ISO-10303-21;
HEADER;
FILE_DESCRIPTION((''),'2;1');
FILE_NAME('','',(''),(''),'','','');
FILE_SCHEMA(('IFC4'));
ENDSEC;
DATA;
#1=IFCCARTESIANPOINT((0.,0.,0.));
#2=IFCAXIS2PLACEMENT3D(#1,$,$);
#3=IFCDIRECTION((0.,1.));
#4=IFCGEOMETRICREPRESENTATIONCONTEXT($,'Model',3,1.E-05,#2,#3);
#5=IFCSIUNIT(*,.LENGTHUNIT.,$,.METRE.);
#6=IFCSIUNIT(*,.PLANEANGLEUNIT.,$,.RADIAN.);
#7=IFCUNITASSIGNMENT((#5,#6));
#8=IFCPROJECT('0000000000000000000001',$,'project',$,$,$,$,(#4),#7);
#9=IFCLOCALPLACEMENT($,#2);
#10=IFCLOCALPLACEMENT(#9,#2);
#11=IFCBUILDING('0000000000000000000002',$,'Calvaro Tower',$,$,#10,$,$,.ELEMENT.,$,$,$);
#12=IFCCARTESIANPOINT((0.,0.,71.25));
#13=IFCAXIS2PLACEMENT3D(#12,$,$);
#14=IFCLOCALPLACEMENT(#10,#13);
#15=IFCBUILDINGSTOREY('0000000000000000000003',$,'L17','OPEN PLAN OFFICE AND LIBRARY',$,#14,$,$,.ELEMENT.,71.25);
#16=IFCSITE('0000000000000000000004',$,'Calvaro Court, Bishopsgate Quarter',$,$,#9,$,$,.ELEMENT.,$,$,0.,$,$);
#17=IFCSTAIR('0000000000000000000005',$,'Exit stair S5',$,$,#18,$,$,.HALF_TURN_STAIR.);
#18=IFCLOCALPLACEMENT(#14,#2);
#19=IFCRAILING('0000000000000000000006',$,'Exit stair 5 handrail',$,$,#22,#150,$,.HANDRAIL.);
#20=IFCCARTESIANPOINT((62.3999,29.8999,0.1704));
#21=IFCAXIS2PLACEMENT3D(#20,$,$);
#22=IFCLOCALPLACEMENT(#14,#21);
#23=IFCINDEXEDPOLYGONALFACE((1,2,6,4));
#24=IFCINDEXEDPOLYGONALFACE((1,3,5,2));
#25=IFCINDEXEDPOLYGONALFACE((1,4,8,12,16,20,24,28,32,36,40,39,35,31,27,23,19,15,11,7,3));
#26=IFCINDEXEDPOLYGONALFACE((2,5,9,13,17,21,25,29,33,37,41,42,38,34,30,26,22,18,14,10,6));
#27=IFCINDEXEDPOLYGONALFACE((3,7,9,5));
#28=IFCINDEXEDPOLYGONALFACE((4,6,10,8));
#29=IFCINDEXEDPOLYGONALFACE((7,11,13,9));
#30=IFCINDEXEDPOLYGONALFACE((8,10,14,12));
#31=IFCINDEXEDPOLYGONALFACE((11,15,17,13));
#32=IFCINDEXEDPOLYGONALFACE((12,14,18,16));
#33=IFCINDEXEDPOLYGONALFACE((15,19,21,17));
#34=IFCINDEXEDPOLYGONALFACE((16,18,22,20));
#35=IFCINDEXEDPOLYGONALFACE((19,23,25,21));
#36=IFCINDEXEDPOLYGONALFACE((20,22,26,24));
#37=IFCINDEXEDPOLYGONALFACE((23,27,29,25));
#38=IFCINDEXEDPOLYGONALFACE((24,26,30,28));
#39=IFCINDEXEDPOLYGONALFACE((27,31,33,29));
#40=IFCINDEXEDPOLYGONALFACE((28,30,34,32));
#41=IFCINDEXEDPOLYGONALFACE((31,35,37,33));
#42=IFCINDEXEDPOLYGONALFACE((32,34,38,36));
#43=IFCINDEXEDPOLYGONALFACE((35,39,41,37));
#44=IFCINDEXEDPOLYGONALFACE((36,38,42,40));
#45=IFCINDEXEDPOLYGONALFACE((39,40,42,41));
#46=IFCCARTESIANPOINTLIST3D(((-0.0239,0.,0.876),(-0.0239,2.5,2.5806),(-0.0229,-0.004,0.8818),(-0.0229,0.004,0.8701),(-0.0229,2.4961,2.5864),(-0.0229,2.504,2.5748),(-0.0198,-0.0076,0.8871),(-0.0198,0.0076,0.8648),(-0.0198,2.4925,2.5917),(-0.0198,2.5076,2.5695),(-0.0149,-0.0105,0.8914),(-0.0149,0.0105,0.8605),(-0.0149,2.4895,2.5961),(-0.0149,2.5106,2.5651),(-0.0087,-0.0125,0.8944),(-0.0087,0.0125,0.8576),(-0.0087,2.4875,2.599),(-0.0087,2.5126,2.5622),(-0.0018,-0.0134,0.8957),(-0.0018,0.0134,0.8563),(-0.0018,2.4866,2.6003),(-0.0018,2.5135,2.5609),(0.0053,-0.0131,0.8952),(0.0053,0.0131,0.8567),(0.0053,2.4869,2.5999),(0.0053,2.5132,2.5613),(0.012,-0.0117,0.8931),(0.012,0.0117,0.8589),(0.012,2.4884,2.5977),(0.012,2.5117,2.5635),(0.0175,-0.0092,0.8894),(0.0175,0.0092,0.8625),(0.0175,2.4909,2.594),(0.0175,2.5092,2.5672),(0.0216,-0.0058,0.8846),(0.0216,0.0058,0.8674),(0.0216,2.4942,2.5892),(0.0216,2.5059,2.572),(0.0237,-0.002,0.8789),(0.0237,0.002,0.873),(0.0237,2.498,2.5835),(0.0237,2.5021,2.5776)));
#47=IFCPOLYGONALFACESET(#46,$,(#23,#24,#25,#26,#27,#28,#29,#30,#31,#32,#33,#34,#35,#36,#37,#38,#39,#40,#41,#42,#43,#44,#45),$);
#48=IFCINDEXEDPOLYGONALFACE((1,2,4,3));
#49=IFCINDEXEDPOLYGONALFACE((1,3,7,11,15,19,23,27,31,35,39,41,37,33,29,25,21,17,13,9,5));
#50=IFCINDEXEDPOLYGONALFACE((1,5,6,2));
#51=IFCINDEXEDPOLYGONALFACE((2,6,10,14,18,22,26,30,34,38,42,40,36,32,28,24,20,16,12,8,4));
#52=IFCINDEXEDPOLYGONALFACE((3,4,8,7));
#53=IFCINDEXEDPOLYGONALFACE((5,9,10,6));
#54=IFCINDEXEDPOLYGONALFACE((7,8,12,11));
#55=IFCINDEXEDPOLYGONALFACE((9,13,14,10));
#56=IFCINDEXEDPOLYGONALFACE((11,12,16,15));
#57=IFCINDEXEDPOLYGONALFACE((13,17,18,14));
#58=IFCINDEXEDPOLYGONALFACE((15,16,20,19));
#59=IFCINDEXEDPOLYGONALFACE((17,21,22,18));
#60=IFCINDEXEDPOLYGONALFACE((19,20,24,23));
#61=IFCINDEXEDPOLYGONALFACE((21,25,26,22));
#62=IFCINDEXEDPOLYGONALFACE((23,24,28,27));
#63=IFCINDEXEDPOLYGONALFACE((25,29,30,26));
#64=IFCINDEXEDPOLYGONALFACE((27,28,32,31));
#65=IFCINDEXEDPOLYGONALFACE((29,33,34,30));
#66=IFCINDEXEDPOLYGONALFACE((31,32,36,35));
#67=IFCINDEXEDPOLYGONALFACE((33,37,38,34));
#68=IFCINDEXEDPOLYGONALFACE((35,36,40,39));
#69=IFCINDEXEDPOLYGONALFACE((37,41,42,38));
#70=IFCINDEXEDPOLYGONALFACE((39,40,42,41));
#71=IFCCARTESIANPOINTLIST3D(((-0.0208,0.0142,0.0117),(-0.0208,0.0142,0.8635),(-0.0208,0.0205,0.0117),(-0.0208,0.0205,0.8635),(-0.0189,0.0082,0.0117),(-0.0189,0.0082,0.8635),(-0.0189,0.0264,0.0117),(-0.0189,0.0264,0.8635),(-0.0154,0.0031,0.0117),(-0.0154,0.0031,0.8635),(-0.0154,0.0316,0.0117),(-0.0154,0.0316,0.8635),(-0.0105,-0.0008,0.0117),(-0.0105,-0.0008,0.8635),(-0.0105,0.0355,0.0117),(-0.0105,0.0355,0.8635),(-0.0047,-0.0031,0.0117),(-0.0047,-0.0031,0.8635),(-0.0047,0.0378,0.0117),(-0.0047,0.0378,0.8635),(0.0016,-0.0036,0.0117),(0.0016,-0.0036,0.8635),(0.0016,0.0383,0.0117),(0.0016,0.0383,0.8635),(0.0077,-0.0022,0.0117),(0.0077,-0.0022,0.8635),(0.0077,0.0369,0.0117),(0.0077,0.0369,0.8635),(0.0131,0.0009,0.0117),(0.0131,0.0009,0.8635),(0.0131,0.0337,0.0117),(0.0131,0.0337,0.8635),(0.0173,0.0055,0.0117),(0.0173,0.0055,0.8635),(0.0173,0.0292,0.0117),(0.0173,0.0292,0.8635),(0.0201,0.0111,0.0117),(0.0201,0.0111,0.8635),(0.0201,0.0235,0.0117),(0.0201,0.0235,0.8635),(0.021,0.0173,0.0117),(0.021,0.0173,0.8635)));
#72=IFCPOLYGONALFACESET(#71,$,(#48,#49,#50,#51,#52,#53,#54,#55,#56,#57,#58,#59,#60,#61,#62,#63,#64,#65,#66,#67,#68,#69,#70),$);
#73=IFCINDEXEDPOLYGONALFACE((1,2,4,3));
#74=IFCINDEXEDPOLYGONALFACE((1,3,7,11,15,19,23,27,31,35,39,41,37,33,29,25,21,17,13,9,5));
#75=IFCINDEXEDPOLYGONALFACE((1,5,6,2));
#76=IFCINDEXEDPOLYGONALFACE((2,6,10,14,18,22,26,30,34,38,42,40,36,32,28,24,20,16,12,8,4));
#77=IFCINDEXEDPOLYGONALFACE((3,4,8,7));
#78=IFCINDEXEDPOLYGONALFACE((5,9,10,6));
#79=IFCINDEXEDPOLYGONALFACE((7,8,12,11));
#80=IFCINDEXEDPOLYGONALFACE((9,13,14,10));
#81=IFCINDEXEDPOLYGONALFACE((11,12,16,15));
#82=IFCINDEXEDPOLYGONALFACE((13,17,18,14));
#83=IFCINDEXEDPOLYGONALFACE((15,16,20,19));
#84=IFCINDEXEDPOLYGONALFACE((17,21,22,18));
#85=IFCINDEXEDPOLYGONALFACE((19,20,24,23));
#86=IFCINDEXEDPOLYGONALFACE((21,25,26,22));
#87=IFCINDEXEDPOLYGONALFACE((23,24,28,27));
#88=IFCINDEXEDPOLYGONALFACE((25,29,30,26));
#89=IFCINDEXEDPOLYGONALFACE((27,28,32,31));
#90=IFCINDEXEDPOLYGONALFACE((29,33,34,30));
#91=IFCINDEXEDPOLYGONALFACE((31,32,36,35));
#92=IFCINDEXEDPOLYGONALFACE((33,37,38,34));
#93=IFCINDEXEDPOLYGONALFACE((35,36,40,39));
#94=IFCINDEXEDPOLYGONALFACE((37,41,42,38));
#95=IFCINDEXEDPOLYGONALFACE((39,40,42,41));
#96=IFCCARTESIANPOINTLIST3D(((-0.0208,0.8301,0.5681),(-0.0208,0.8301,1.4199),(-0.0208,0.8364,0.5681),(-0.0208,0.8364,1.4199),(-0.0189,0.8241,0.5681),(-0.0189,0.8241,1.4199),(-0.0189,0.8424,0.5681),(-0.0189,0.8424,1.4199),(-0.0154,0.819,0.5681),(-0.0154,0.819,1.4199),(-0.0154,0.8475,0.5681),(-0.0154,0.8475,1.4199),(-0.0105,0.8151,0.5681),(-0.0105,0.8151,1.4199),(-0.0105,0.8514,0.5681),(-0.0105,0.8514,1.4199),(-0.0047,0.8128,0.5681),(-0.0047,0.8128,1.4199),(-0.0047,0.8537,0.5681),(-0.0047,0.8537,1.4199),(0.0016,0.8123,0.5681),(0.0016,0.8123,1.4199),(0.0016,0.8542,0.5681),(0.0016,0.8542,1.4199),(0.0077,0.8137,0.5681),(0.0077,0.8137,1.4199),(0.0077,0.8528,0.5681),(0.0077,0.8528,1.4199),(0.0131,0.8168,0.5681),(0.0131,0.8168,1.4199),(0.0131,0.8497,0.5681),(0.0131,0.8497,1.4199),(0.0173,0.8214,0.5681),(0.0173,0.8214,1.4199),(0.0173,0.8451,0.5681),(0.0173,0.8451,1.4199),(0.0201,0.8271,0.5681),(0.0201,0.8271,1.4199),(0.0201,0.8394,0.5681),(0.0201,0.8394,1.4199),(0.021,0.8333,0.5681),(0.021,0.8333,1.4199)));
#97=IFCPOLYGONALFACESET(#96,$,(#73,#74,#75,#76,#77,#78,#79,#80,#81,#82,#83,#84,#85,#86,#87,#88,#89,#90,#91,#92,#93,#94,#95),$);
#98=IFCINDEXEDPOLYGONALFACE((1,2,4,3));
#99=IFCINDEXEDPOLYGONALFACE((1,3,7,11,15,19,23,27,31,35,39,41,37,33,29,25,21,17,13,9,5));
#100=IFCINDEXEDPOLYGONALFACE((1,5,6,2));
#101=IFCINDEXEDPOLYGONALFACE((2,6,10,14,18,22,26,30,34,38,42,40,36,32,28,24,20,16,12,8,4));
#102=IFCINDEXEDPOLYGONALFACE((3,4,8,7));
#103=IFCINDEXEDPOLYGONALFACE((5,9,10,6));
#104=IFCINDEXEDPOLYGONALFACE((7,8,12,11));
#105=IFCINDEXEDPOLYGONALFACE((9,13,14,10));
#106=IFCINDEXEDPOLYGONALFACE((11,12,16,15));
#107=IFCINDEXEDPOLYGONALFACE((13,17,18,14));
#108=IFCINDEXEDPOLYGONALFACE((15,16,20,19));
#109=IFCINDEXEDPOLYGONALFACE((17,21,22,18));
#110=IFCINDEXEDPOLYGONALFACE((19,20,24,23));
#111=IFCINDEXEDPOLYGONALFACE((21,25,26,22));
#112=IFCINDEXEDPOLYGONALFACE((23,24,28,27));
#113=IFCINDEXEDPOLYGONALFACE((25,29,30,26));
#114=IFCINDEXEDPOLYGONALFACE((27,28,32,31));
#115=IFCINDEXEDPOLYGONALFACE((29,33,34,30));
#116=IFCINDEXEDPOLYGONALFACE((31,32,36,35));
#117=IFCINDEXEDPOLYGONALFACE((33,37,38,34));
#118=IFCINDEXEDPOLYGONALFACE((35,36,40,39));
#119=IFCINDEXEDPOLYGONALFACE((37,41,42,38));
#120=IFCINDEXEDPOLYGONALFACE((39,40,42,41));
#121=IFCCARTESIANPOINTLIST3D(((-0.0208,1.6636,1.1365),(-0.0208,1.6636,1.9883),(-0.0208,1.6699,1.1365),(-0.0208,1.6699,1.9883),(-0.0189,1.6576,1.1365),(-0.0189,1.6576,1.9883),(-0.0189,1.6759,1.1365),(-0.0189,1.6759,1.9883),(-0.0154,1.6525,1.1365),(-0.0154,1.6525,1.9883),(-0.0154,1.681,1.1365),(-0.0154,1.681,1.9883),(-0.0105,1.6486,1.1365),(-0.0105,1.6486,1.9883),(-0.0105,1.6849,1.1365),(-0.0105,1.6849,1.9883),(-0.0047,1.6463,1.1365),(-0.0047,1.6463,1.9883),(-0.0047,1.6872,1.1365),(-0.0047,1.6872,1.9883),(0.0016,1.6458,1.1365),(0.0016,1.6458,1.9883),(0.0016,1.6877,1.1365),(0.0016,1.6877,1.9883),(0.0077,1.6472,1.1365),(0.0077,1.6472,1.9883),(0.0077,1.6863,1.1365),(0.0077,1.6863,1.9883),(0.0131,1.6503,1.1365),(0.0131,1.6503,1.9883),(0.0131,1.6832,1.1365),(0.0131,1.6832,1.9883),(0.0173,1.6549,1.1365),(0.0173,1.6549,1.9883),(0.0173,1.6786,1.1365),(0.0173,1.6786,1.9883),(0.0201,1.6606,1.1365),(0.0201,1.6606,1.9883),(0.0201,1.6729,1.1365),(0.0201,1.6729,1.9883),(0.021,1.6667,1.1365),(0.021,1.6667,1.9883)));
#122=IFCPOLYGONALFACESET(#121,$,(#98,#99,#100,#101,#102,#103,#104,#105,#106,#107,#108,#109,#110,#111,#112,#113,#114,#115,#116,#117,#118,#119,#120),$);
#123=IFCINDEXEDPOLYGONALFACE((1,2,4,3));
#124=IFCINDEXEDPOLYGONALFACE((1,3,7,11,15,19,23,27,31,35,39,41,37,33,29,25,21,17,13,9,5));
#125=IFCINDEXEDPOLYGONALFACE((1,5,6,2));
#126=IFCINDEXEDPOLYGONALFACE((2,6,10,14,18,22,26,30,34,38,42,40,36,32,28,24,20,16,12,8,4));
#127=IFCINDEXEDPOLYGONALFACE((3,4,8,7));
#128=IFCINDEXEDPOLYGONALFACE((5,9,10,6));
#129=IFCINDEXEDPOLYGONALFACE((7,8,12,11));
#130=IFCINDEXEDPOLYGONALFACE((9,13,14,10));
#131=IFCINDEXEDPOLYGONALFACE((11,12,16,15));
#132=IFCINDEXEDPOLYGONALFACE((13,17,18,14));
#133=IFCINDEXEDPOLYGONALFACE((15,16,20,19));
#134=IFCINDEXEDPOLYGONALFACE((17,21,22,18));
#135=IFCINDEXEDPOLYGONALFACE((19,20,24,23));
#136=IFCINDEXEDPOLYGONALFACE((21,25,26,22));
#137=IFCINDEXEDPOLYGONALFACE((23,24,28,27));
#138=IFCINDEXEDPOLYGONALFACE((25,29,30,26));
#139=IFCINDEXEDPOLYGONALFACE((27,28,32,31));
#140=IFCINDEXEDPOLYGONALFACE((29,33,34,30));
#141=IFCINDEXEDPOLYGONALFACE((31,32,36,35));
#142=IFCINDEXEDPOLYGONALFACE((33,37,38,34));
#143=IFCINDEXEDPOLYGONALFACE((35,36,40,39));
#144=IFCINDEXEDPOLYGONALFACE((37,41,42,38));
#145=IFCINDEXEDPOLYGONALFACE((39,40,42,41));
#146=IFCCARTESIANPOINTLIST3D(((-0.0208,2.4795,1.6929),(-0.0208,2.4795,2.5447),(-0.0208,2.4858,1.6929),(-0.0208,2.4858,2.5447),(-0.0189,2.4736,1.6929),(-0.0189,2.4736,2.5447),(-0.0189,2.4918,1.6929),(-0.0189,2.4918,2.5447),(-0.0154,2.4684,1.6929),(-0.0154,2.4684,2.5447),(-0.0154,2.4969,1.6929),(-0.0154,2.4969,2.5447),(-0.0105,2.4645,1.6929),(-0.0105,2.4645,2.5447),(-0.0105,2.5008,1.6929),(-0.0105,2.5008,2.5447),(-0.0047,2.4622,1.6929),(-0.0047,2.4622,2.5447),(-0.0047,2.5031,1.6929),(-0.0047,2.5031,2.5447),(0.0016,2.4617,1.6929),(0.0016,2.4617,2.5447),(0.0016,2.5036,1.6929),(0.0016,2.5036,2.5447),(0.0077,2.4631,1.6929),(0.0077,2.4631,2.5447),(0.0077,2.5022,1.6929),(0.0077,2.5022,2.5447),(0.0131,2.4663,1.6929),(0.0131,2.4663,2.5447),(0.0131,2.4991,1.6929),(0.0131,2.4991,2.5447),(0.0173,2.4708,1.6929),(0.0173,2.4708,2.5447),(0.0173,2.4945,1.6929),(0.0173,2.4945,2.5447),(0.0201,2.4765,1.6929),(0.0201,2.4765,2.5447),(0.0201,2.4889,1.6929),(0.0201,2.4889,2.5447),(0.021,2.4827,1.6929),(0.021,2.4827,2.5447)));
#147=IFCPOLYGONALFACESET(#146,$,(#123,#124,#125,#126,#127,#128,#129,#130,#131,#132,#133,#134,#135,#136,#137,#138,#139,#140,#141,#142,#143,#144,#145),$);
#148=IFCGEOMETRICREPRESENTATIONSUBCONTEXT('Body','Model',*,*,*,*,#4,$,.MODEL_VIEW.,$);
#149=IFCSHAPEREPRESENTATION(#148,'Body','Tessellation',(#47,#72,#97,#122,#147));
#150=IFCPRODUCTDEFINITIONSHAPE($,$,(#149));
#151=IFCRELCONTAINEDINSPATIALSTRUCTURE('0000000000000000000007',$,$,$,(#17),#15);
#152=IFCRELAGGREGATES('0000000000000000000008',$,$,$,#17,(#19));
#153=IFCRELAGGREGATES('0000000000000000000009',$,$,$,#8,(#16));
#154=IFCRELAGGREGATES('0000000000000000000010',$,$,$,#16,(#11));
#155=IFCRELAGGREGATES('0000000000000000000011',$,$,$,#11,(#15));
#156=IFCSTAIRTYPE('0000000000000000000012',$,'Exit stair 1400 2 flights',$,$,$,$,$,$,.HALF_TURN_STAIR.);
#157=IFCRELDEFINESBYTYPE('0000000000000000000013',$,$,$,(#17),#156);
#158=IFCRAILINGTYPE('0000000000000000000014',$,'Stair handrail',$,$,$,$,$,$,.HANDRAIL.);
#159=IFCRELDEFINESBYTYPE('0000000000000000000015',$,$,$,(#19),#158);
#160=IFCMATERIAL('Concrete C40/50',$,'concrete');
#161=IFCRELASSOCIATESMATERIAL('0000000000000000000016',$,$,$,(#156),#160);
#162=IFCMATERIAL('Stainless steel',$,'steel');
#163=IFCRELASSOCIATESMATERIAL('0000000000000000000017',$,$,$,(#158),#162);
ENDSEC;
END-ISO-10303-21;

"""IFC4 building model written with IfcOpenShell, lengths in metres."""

from ifc_helpers import new_model, si_unit, direction, frame, origin, origin_2d, place, context, subcontext, project, spatial, circle, extrude, material, type_object, element, aggregate, save


model = new_model("IFC4")

# Units and contexts
model_context = context("Model", 3, precision=1e-05, world=origin(), true_north=direction((0.0, 1.0)))
body_context = subcontext(model_context, "Body", "Model", "MODEL_VIEW")
ifc_project = project(units=[si_unit("LENGTHUNIT", "METRE"), si_unit("PLANEANGLEUNIT", "RADIAN")], contexts=[model_context])

# Site, building, storey
site_placement = place(None, origin())
site = spatial("IfcSite", under=ifc_project, at=site_placement, Name="Calvaro Court, Bishopsgate Quarter", CompositionType="ELEMENT", RefElevation=0.0)
building_placement = place(site_placement, origin())
building = spatial("IfcBuilding", under=site, at=building_placement, Name="Calvaro Tower", CompositionType="ELEMENT")
storey_placement = place(building_placement, frame((0.0, 0.0, 71.25)))
storey = spatial("IfcBuildingStorey", under=building, at=storey_placement, Name="L17", Description="OPEN PLAN OFFICE AND LIBRARY", CompositionType="ELEMENT", Elevation=71.25)

# Stair
ifc_material_1 = material(Name="Concrete C40/50", Category="concrete")
stair_type = type_object("IfcStairType", Name="Exit stair 1400 2 flights", PredefinedType="HALF_TURN_STAIR", material=ifc_material_1)
stair_1_placement = place(storey_placement, origin())
stair_1 = element("IfcStair", 1, at=stair_1_placement, inside=storey, type_object=stair_type, Name="Exit stair S5", PredefinedType="HALF_TURN_STAIR")

# Shared definitions
ifc_material_2 = material(Name="Stainless steel", Category="steel")
railing_type = type_object("IfcRailingType", Name="Stair handrail", PredefinedType="HANDRAIL", material=ifc_material_2)

# Railing
railing_1_placement = place(storey_placement, frame((62.3999, 29.8999, 0.1704)))
railing_1 = element("IfcRailing", 2, at=railing_1_placement, type_object=railing_type, Name="Exit stair 5 handrail", PredefinedType="HANDRAIL", context=body_context, shape_type="SweptSolid", body=[
    extrude(circle(Radius=0.0239, at=origin_2d()), frame((0.0, 0.0, 0.876), z_axis=(0.0, 0.826221, 0.563347), x_axis=(-1.0, 0.0, 0.0)), (0.0, 0.0, 1.0), 3.0259),
    extrude(circle(Radius=0.021, at=origin_2d()), frame((0.0, 0.0173, 0.0117)), (0.0, 0.0, 1.0), 0.8518),
    extrude(circle(Radius=0.021, at=origin_2d()), frame((0.0, 0.8333, 0.5681)), (0.0, 0.0, 1.0), 0.8518),
    extrude(circle(Radius=0.021, at=origin_2d()), frame((0.0, 1.6667, 1.1365)), (0.0, 0.0, 1.0), 0.8518),
    extrude(circle(Radius=0.021, at=origin_2d()), frame((0.0, 2.4827, 1.6929)), (0.0, 0.0, 1.0), 0.8518),
])
aggregate(stair_1, [railing_1])

save(model, "model.ifc")
